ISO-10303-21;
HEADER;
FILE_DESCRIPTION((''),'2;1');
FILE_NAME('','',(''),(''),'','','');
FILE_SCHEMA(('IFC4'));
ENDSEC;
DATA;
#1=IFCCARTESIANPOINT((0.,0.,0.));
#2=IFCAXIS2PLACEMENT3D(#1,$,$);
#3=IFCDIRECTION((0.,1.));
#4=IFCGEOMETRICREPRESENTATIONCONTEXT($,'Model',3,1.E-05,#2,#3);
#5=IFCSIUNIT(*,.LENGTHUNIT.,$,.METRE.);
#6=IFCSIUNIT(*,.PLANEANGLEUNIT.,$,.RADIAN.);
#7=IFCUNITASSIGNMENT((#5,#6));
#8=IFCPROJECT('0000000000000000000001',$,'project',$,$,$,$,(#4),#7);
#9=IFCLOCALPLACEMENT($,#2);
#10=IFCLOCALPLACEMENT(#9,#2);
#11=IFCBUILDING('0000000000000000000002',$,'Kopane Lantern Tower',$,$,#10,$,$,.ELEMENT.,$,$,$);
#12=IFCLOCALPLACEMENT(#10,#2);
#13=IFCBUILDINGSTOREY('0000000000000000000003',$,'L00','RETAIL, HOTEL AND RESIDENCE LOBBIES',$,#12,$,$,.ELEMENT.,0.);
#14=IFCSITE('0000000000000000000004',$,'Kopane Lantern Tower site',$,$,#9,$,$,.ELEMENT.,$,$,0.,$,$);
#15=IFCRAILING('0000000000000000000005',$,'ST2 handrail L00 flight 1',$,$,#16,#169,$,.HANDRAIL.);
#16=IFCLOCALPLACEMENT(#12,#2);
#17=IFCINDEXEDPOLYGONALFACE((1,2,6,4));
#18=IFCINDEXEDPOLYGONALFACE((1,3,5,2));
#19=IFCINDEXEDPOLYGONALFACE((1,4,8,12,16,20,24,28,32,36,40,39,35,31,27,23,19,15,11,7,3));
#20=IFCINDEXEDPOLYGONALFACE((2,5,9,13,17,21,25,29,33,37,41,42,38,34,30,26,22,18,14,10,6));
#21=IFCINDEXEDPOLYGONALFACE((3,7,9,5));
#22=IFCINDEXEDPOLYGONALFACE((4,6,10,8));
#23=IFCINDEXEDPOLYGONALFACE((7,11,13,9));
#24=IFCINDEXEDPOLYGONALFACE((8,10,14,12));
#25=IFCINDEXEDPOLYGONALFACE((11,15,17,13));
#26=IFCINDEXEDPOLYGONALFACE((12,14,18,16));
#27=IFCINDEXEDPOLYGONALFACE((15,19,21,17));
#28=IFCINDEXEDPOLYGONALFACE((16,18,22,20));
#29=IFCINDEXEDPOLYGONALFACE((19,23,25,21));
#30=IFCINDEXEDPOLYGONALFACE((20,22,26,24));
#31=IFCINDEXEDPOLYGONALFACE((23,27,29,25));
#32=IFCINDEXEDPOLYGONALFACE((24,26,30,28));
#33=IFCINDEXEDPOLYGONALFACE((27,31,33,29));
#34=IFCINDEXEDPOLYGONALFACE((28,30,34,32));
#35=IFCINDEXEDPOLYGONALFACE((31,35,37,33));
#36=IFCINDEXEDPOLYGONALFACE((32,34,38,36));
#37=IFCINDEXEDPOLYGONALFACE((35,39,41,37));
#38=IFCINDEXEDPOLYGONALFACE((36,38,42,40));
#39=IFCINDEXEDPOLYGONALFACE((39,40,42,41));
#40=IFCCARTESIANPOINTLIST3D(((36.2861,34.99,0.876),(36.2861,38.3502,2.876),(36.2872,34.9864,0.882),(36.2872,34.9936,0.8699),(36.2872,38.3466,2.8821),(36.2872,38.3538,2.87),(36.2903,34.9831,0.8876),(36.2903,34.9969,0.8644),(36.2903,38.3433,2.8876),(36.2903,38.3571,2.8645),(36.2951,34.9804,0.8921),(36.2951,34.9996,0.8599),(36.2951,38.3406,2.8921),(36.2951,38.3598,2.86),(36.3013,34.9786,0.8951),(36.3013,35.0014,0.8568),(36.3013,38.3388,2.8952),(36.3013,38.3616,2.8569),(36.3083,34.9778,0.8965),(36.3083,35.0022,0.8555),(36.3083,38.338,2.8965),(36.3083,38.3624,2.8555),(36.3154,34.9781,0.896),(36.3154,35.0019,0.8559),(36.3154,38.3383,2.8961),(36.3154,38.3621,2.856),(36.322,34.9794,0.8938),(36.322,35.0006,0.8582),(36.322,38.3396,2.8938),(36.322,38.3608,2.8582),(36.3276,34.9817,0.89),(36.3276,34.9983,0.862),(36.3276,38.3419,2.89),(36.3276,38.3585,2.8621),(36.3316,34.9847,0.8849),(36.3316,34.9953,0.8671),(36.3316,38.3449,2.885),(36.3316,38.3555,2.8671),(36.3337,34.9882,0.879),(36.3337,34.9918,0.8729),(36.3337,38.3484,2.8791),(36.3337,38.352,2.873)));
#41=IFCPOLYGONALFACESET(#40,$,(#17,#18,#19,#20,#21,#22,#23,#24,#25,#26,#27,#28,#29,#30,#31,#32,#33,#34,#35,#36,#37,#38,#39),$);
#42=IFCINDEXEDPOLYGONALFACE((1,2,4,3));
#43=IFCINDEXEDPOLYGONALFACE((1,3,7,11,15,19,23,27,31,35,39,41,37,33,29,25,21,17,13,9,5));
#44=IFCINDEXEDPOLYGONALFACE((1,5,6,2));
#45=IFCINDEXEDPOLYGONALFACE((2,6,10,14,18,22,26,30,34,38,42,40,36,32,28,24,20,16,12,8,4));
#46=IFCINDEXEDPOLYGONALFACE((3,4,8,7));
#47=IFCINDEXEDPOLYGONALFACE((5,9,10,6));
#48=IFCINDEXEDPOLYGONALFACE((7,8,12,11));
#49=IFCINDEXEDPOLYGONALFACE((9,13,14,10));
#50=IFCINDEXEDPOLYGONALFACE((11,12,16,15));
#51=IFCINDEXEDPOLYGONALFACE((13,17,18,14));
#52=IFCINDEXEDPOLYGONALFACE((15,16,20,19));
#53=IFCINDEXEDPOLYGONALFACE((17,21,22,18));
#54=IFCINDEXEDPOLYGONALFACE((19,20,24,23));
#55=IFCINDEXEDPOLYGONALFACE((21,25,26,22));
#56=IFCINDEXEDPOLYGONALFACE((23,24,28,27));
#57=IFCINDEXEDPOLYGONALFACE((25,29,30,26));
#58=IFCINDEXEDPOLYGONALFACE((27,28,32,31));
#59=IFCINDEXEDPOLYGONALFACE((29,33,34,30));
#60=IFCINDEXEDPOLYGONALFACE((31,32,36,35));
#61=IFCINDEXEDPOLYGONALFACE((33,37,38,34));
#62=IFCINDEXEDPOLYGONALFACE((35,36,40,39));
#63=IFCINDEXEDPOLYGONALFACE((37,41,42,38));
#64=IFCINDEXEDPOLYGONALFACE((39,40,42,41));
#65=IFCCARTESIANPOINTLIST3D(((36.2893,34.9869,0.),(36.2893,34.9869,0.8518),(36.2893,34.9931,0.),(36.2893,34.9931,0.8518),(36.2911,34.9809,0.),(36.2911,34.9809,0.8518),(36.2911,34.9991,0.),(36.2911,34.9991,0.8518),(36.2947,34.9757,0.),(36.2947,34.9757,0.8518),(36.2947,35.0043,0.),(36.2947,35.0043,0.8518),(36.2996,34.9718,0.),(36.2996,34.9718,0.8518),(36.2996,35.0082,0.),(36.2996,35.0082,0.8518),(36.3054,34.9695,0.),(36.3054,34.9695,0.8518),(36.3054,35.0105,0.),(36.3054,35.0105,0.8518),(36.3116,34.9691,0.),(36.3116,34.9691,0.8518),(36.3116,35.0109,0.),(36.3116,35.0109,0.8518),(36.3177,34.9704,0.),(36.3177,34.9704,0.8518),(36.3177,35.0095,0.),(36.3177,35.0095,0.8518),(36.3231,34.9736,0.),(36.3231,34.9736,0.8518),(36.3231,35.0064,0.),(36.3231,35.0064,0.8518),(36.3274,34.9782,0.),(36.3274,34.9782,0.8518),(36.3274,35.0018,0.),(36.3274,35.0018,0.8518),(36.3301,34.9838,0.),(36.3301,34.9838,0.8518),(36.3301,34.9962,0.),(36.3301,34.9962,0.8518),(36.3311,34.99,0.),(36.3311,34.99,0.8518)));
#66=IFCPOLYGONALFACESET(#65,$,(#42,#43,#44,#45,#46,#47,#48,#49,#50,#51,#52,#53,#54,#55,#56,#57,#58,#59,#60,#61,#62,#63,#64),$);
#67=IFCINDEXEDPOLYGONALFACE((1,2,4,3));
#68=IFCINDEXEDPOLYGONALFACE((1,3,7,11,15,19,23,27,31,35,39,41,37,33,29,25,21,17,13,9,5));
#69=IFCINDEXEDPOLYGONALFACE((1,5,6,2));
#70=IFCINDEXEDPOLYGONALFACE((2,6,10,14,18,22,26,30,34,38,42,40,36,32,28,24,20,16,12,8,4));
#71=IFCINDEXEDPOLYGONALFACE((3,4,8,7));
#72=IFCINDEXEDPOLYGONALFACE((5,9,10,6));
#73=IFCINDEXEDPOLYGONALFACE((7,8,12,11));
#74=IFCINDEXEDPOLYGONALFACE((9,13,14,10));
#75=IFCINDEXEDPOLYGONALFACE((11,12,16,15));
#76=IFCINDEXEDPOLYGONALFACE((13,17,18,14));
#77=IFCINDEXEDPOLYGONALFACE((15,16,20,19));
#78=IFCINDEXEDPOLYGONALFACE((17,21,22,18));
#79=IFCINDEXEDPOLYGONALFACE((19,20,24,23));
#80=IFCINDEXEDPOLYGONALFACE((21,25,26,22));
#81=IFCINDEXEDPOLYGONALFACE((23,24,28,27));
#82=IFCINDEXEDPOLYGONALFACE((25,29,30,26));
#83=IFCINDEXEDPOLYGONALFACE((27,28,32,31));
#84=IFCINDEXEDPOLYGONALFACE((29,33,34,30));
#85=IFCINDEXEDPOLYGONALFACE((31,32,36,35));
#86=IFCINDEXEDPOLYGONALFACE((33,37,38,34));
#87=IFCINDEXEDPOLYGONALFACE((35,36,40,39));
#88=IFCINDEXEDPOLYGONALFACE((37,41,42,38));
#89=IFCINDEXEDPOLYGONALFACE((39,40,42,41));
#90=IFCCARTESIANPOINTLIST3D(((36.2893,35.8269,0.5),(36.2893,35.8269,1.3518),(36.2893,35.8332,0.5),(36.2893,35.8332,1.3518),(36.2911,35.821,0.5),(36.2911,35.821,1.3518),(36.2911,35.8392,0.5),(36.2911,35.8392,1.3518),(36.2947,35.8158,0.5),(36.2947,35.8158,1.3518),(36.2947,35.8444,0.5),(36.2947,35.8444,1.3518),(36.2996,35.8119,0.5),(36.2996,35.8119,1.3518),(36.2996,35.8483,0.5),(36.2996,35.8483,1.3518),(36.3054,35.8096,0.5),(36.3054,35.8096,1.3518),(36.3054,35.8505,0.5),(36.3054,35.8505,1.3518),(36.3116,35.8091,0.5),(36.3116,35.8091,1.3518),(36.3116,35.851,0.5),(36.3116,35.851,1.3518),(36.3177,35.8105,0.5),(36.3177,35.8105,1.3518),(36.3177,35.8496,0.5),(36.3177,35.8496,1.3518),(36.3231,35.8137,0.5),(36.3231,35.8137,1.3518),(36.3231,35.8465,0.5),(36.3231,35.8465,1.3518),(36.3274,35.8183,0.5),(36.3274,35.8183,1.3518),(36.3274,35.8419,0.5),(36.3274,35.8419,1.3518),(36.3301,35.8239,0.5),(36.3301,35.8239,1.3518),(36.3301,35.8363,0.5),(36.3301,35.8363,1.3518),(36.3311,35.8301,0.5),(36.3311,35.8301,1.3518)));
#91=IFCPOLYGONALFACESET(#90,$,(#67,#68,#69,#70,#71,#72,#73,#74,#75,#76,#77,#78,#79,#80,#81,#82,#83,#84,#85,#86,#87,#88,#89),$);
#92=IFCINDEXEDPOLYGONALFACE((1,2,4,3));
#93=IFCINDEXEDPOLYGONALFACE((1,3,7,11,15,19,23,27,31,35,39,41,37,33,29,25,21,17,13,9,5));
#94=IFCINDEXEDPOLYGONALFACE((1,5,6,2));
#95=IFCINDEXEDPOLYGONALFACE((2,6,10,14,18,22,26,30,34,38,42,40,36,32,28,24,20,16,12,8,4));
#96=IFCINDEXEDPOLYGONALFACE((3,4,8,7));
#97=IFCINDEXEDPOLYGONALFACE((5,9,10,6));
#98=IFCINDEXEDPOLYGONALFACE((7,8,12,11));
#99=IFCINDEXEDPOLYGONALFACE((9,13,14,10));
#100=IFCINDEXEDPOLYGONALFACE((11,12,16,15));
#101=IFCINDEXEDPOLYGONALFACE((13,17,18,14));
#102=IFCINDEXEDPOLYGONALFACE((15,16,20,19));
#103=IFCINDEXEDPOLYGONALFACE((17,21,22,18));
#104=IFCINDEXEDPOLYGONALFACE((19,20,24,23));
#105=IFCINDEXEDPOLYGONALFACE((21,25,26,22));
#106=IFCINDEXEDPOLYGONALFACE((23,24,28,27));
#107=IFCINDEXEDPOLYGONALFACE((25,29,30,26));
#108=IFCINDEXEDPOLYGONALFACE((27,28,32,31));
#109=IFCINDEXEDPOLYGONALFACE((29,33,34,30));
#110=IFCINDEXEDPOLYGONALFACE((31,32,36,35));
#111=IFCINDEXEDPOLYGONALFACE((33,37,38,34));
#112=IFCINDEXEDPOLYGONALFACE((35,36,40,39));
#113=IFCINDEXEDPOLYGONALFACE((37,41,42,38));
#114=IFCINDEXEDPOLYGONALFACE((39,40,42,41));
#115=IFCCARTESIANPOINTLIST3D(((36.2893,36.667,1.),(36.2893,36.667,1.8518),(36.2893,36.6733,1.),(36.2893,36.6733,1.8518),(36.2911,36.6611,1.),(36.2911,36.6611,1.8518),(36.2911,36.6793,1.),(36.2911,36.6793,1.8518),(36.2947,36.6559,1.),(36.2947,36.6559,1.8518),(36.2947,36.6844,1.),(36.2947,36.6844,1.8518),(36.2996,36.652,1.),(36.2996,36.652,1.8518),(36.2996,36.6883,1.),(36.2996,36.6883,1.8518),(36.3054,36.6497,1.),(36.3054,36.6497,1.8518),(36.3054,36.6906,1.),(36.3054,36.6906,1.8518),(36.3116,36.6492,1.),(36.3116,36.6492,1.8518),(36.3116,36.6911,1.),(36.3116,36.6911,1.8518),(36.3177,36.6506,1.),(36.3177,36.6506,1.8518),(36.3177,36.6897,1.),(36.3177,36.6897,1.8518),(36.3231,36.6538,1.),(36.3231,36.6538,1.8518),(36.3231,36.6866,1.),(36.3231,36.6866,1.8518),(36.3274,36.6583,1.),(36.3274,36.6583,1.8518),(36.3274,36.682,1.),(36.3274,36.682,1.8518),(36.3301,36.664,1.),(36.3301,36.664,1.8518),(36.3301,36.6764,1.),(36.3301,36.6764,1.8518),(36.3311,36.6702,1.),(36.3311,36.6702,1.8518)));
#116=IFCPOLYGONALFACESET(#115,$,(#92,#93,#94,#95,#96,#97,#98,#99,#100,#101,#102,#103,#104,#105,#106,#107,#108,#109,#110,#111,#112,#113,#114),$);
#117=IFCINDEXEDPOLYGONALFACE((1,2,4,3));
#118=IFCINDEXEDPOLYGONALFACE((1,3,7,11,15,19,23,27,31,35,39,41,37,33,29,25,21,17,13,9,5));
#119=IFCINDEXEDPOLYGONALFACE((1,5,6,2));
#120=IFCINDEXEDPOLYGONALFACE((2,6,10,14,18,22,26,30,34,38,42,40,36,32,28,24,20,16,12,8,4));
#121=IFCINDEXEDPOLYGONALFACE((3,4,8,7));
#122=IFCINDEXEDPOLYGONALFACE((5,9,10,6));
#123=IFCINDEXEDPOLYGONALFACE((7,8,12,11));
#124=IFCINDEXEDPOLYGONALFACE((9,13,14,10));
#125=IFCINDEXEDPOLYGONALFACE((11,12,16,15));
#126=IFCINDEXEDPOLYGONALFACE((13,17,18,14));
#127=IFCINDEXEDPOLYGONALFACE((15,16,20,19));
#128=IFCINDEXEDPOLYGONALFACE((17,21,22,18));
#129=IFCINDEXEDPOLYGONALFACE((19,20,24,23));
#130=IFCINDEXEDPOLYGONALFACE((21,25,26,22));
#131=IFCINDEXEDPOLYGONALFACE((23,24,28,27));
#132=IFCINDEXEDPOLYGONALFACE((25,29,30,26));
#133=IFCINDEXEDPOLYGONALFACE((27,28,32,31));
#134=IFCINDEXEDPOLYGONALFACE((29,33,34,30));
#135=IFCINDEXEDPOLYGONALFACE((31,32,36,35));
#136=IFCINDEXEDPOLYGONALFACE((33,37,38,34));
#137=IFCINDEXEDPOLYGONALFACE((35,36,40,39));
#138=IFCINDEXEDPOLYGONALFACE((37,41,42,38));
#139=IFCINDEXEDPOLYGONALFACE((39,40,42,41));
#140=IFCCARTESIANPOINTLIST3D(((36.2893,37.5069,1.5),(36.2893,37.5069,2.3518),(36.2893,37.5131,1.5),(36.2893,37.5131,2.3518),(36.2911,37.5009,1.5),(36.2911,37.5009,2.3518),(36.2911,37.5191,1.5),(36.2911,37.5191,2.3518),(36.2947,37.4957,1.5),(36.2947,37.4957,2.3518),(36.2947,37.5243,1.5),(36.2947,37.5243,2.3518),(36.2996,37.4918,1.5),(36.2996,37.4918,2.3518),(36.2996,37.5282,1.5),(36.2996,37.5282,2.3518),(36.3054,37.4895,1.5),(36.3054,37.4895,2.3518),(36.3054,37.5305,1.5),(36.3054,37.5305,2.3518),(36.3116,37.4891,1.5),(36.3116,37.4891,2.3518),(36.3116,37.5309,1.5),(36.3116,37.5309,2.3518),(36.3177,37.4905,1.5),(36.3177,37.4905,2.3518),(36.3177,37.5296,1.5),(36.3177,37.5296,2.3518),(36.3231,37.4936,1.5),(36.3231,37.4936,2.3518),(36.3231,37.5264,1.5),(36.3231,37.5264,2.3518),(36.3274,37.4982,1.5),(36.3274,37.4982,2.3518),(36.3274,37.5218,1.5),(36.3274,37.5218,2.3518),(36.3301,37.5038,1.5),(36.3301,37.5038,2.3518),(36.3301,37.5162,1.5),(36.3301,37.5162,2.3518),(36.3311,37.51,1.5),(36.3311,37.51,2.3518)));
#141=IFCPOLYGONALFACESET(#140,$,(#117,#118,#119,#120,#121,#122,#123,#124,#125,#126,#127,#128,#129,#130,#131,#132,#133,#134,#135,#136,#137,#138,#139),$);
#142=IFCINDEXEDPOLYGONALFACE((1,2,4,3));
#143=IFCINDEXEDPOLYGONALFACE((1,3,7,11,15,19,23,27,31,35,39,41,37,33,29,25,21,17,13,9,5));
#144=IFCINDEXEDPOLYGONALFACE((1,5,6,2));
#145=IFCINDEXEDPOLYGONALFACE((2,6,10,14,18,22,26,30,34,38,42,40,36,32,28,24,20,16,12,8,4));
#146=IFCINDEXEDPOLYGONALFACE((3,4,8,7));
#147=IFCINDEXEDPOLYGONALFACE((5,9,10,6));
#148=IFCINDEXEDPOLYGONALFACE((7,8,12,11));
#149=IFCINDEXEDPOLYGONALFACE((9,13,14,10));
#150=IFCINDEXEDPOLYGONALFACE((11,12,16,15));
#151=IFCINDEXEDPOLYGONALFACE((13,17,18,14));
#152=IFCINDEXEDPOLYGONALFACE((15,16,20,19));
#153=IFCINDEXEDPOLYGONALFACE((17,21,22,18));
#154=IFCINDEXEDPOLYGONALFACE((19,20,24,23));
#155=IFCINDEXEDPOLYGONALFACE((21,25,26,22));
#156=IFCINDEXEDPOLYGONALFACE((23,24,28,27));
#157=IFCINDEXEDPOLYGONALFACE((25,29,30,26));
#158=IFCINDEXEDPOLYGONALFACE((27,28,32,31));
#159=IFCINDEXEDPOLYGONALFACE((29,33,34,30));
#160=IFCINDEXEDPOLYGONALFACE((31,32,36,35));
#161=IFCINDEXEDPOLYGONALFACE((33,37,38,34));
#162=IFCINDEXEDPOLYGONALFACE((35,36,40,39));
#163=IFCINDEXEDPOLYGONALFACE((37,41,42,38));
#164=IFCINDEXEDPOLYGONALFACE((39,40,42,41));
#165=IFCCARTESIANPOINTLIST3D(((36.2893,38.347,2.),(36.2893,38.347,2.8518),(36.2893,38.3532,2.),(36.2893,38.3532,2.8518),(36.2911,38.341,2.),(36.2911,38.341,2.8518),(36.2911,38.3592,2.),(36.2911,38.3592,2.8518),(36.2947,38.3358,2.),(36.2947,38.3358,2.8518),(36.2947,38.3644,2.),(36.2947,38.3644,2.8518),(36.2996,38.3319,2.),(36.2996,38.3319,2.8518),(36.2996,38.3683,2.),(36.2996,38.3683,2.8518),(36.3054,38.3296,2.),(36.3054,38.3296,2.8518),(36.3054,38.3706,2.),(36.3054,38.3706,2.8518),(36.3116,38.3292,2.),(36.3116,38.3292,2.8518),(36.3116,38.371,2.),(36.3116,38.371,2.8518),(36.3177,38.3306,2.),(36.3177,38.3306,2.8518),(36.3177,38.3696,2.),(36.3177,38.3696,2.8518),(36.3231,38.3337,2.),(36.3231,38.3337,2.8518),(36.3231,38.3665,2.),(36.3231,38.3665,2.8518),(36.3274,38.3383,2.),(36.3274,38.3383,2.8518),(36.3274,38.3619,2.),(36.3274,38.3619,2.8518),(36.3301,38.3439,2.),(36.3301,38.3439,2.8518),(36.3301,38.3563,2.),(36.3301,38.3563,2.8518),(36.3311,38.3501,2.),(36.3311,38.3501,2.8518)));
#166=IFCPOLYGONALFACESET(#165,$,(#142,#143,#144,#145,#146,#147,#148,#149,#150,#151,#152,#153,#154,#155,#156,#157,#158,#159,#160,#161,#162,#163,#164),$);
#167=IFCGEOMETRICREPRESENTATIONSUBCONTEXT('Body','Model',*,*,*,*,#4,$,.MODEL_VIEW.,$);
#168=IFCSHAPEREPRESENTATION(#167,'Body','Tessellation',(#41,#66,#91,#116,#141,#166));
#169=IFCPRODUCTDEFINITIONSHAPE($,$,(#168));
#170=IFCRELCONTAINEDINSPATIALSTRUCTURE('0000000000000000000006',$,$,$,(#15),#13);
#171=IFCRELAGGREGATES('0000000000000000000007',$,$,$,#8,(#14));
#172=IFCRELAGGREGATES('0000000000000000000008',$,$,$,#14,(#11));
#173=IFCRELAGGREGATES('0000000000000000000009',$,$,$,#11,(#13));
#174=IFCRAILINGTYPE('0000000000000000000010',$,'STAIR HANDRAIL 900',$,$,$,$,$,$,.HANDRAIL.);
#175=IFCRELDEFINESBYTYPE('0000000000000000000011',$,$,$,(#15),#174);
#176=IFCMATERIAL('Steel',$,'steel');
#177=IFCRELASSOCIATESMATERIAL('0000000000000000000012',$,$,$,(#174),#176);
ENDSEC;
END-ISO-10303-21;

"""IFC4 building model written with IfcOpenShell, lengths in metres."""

from ifc_helpers import new_model, si_unit, direction, frame, origin, origin_2d, place, context, subcontext, project, spatial, circle, extrude, material, type_object, element, save


model = new_model("IFC4")

# Units and contexts
model_context = context("Model", 3, precision=1e-05, world=origin(), true_north=direction((0.0, 1.0)))
body_context = subcontext(model_context, "Body", "Model", "MODEL_VIEW")
ifc_project = project(units=[si_unit("LENGTHUNIT", "METRE"), si_unit("PLANEANGLEUNIT", "RADIAN")], contexts=[model_context])

# Site, building, storey
site_placement = place(None, origin())
site = spatial("IfcSite", under=ifc_project, at=site_placement, Name="Kopane Lantern Tower site", CompositionType="ELEMENT", RefElevation=0.0)
building_placement = place(site_placement, origin())
building = spatial("IfcBuilding", under=site, at=building_placement, Name="Kopane Lantern Tower", CompositionType="ELEMENT")
storey_placement = place(building_placement, origin())
storey = spatial("IfcBuildingStorey", under=building, at=storey_placement, Name="L00", Description="RETAIL, HOTEL AND RESIDENCE LOBBIES", CompositionType="ELEMENT", Elevation=0.0)

# Railing
ifc_material_1 = material(Name="Steel", Category="steel")
railing_type_1 = type_object("IfcRailingType", Name="STAIR HANDRAIL 900", PredefinedType="HANDRAIL", material=ifc_material_1)
for number, where, name in (
    (1, (36.3101, 34.99, 0.0), "ST2 handrail L00 flight 1"),
):
    element("IfcRailing", number, at=place(storey_placement, frame(where)), inside=storey, type_object=railing_type_1, Name=name, PredefinedType="HANDRAIL", context=body_context, shape_type="SweptSolid", body=[
        extrude(circle(Radius=0.0239, at=origin_2d()), frame((0.0, 0.0, 0.876), z_axis=(0.0, 0.8593, 0.511472), x_axis=(-1.0, 0.0, 0.0)), (0.0, 0.0, 1.0), 3.9104),
        extrude(circle(Radius=0.021, at=origin_2d()), origin(), (0.0, 0.0, 1.0), 0.8518),
        extrude(circle(Radius=0.021, at=origin_2d()), frame((0.0, 0.8401, 0.5)), (0.0, 0.0, 1.0), 0.8518),
        extrude(circle(Radius=0.021, at=origin_2d()), frame((0.0, 1.6802, 1.0)), (0.0, 0.0, 1.0), 0.8518),
        extrude(circle(Radius=0.021, at=origin_2d()), frame((0.0, 2.52, 1.5)), (0.0, 0.0, 1.0), 0.8518),
        extrude(circle(Radius=0.021, at=origin_2d()), frame((0.0, 3.3601, 2.0)), (0.0, 0.0, 1.0), 0.8518),
    ])

save(model, "model.ifc")
